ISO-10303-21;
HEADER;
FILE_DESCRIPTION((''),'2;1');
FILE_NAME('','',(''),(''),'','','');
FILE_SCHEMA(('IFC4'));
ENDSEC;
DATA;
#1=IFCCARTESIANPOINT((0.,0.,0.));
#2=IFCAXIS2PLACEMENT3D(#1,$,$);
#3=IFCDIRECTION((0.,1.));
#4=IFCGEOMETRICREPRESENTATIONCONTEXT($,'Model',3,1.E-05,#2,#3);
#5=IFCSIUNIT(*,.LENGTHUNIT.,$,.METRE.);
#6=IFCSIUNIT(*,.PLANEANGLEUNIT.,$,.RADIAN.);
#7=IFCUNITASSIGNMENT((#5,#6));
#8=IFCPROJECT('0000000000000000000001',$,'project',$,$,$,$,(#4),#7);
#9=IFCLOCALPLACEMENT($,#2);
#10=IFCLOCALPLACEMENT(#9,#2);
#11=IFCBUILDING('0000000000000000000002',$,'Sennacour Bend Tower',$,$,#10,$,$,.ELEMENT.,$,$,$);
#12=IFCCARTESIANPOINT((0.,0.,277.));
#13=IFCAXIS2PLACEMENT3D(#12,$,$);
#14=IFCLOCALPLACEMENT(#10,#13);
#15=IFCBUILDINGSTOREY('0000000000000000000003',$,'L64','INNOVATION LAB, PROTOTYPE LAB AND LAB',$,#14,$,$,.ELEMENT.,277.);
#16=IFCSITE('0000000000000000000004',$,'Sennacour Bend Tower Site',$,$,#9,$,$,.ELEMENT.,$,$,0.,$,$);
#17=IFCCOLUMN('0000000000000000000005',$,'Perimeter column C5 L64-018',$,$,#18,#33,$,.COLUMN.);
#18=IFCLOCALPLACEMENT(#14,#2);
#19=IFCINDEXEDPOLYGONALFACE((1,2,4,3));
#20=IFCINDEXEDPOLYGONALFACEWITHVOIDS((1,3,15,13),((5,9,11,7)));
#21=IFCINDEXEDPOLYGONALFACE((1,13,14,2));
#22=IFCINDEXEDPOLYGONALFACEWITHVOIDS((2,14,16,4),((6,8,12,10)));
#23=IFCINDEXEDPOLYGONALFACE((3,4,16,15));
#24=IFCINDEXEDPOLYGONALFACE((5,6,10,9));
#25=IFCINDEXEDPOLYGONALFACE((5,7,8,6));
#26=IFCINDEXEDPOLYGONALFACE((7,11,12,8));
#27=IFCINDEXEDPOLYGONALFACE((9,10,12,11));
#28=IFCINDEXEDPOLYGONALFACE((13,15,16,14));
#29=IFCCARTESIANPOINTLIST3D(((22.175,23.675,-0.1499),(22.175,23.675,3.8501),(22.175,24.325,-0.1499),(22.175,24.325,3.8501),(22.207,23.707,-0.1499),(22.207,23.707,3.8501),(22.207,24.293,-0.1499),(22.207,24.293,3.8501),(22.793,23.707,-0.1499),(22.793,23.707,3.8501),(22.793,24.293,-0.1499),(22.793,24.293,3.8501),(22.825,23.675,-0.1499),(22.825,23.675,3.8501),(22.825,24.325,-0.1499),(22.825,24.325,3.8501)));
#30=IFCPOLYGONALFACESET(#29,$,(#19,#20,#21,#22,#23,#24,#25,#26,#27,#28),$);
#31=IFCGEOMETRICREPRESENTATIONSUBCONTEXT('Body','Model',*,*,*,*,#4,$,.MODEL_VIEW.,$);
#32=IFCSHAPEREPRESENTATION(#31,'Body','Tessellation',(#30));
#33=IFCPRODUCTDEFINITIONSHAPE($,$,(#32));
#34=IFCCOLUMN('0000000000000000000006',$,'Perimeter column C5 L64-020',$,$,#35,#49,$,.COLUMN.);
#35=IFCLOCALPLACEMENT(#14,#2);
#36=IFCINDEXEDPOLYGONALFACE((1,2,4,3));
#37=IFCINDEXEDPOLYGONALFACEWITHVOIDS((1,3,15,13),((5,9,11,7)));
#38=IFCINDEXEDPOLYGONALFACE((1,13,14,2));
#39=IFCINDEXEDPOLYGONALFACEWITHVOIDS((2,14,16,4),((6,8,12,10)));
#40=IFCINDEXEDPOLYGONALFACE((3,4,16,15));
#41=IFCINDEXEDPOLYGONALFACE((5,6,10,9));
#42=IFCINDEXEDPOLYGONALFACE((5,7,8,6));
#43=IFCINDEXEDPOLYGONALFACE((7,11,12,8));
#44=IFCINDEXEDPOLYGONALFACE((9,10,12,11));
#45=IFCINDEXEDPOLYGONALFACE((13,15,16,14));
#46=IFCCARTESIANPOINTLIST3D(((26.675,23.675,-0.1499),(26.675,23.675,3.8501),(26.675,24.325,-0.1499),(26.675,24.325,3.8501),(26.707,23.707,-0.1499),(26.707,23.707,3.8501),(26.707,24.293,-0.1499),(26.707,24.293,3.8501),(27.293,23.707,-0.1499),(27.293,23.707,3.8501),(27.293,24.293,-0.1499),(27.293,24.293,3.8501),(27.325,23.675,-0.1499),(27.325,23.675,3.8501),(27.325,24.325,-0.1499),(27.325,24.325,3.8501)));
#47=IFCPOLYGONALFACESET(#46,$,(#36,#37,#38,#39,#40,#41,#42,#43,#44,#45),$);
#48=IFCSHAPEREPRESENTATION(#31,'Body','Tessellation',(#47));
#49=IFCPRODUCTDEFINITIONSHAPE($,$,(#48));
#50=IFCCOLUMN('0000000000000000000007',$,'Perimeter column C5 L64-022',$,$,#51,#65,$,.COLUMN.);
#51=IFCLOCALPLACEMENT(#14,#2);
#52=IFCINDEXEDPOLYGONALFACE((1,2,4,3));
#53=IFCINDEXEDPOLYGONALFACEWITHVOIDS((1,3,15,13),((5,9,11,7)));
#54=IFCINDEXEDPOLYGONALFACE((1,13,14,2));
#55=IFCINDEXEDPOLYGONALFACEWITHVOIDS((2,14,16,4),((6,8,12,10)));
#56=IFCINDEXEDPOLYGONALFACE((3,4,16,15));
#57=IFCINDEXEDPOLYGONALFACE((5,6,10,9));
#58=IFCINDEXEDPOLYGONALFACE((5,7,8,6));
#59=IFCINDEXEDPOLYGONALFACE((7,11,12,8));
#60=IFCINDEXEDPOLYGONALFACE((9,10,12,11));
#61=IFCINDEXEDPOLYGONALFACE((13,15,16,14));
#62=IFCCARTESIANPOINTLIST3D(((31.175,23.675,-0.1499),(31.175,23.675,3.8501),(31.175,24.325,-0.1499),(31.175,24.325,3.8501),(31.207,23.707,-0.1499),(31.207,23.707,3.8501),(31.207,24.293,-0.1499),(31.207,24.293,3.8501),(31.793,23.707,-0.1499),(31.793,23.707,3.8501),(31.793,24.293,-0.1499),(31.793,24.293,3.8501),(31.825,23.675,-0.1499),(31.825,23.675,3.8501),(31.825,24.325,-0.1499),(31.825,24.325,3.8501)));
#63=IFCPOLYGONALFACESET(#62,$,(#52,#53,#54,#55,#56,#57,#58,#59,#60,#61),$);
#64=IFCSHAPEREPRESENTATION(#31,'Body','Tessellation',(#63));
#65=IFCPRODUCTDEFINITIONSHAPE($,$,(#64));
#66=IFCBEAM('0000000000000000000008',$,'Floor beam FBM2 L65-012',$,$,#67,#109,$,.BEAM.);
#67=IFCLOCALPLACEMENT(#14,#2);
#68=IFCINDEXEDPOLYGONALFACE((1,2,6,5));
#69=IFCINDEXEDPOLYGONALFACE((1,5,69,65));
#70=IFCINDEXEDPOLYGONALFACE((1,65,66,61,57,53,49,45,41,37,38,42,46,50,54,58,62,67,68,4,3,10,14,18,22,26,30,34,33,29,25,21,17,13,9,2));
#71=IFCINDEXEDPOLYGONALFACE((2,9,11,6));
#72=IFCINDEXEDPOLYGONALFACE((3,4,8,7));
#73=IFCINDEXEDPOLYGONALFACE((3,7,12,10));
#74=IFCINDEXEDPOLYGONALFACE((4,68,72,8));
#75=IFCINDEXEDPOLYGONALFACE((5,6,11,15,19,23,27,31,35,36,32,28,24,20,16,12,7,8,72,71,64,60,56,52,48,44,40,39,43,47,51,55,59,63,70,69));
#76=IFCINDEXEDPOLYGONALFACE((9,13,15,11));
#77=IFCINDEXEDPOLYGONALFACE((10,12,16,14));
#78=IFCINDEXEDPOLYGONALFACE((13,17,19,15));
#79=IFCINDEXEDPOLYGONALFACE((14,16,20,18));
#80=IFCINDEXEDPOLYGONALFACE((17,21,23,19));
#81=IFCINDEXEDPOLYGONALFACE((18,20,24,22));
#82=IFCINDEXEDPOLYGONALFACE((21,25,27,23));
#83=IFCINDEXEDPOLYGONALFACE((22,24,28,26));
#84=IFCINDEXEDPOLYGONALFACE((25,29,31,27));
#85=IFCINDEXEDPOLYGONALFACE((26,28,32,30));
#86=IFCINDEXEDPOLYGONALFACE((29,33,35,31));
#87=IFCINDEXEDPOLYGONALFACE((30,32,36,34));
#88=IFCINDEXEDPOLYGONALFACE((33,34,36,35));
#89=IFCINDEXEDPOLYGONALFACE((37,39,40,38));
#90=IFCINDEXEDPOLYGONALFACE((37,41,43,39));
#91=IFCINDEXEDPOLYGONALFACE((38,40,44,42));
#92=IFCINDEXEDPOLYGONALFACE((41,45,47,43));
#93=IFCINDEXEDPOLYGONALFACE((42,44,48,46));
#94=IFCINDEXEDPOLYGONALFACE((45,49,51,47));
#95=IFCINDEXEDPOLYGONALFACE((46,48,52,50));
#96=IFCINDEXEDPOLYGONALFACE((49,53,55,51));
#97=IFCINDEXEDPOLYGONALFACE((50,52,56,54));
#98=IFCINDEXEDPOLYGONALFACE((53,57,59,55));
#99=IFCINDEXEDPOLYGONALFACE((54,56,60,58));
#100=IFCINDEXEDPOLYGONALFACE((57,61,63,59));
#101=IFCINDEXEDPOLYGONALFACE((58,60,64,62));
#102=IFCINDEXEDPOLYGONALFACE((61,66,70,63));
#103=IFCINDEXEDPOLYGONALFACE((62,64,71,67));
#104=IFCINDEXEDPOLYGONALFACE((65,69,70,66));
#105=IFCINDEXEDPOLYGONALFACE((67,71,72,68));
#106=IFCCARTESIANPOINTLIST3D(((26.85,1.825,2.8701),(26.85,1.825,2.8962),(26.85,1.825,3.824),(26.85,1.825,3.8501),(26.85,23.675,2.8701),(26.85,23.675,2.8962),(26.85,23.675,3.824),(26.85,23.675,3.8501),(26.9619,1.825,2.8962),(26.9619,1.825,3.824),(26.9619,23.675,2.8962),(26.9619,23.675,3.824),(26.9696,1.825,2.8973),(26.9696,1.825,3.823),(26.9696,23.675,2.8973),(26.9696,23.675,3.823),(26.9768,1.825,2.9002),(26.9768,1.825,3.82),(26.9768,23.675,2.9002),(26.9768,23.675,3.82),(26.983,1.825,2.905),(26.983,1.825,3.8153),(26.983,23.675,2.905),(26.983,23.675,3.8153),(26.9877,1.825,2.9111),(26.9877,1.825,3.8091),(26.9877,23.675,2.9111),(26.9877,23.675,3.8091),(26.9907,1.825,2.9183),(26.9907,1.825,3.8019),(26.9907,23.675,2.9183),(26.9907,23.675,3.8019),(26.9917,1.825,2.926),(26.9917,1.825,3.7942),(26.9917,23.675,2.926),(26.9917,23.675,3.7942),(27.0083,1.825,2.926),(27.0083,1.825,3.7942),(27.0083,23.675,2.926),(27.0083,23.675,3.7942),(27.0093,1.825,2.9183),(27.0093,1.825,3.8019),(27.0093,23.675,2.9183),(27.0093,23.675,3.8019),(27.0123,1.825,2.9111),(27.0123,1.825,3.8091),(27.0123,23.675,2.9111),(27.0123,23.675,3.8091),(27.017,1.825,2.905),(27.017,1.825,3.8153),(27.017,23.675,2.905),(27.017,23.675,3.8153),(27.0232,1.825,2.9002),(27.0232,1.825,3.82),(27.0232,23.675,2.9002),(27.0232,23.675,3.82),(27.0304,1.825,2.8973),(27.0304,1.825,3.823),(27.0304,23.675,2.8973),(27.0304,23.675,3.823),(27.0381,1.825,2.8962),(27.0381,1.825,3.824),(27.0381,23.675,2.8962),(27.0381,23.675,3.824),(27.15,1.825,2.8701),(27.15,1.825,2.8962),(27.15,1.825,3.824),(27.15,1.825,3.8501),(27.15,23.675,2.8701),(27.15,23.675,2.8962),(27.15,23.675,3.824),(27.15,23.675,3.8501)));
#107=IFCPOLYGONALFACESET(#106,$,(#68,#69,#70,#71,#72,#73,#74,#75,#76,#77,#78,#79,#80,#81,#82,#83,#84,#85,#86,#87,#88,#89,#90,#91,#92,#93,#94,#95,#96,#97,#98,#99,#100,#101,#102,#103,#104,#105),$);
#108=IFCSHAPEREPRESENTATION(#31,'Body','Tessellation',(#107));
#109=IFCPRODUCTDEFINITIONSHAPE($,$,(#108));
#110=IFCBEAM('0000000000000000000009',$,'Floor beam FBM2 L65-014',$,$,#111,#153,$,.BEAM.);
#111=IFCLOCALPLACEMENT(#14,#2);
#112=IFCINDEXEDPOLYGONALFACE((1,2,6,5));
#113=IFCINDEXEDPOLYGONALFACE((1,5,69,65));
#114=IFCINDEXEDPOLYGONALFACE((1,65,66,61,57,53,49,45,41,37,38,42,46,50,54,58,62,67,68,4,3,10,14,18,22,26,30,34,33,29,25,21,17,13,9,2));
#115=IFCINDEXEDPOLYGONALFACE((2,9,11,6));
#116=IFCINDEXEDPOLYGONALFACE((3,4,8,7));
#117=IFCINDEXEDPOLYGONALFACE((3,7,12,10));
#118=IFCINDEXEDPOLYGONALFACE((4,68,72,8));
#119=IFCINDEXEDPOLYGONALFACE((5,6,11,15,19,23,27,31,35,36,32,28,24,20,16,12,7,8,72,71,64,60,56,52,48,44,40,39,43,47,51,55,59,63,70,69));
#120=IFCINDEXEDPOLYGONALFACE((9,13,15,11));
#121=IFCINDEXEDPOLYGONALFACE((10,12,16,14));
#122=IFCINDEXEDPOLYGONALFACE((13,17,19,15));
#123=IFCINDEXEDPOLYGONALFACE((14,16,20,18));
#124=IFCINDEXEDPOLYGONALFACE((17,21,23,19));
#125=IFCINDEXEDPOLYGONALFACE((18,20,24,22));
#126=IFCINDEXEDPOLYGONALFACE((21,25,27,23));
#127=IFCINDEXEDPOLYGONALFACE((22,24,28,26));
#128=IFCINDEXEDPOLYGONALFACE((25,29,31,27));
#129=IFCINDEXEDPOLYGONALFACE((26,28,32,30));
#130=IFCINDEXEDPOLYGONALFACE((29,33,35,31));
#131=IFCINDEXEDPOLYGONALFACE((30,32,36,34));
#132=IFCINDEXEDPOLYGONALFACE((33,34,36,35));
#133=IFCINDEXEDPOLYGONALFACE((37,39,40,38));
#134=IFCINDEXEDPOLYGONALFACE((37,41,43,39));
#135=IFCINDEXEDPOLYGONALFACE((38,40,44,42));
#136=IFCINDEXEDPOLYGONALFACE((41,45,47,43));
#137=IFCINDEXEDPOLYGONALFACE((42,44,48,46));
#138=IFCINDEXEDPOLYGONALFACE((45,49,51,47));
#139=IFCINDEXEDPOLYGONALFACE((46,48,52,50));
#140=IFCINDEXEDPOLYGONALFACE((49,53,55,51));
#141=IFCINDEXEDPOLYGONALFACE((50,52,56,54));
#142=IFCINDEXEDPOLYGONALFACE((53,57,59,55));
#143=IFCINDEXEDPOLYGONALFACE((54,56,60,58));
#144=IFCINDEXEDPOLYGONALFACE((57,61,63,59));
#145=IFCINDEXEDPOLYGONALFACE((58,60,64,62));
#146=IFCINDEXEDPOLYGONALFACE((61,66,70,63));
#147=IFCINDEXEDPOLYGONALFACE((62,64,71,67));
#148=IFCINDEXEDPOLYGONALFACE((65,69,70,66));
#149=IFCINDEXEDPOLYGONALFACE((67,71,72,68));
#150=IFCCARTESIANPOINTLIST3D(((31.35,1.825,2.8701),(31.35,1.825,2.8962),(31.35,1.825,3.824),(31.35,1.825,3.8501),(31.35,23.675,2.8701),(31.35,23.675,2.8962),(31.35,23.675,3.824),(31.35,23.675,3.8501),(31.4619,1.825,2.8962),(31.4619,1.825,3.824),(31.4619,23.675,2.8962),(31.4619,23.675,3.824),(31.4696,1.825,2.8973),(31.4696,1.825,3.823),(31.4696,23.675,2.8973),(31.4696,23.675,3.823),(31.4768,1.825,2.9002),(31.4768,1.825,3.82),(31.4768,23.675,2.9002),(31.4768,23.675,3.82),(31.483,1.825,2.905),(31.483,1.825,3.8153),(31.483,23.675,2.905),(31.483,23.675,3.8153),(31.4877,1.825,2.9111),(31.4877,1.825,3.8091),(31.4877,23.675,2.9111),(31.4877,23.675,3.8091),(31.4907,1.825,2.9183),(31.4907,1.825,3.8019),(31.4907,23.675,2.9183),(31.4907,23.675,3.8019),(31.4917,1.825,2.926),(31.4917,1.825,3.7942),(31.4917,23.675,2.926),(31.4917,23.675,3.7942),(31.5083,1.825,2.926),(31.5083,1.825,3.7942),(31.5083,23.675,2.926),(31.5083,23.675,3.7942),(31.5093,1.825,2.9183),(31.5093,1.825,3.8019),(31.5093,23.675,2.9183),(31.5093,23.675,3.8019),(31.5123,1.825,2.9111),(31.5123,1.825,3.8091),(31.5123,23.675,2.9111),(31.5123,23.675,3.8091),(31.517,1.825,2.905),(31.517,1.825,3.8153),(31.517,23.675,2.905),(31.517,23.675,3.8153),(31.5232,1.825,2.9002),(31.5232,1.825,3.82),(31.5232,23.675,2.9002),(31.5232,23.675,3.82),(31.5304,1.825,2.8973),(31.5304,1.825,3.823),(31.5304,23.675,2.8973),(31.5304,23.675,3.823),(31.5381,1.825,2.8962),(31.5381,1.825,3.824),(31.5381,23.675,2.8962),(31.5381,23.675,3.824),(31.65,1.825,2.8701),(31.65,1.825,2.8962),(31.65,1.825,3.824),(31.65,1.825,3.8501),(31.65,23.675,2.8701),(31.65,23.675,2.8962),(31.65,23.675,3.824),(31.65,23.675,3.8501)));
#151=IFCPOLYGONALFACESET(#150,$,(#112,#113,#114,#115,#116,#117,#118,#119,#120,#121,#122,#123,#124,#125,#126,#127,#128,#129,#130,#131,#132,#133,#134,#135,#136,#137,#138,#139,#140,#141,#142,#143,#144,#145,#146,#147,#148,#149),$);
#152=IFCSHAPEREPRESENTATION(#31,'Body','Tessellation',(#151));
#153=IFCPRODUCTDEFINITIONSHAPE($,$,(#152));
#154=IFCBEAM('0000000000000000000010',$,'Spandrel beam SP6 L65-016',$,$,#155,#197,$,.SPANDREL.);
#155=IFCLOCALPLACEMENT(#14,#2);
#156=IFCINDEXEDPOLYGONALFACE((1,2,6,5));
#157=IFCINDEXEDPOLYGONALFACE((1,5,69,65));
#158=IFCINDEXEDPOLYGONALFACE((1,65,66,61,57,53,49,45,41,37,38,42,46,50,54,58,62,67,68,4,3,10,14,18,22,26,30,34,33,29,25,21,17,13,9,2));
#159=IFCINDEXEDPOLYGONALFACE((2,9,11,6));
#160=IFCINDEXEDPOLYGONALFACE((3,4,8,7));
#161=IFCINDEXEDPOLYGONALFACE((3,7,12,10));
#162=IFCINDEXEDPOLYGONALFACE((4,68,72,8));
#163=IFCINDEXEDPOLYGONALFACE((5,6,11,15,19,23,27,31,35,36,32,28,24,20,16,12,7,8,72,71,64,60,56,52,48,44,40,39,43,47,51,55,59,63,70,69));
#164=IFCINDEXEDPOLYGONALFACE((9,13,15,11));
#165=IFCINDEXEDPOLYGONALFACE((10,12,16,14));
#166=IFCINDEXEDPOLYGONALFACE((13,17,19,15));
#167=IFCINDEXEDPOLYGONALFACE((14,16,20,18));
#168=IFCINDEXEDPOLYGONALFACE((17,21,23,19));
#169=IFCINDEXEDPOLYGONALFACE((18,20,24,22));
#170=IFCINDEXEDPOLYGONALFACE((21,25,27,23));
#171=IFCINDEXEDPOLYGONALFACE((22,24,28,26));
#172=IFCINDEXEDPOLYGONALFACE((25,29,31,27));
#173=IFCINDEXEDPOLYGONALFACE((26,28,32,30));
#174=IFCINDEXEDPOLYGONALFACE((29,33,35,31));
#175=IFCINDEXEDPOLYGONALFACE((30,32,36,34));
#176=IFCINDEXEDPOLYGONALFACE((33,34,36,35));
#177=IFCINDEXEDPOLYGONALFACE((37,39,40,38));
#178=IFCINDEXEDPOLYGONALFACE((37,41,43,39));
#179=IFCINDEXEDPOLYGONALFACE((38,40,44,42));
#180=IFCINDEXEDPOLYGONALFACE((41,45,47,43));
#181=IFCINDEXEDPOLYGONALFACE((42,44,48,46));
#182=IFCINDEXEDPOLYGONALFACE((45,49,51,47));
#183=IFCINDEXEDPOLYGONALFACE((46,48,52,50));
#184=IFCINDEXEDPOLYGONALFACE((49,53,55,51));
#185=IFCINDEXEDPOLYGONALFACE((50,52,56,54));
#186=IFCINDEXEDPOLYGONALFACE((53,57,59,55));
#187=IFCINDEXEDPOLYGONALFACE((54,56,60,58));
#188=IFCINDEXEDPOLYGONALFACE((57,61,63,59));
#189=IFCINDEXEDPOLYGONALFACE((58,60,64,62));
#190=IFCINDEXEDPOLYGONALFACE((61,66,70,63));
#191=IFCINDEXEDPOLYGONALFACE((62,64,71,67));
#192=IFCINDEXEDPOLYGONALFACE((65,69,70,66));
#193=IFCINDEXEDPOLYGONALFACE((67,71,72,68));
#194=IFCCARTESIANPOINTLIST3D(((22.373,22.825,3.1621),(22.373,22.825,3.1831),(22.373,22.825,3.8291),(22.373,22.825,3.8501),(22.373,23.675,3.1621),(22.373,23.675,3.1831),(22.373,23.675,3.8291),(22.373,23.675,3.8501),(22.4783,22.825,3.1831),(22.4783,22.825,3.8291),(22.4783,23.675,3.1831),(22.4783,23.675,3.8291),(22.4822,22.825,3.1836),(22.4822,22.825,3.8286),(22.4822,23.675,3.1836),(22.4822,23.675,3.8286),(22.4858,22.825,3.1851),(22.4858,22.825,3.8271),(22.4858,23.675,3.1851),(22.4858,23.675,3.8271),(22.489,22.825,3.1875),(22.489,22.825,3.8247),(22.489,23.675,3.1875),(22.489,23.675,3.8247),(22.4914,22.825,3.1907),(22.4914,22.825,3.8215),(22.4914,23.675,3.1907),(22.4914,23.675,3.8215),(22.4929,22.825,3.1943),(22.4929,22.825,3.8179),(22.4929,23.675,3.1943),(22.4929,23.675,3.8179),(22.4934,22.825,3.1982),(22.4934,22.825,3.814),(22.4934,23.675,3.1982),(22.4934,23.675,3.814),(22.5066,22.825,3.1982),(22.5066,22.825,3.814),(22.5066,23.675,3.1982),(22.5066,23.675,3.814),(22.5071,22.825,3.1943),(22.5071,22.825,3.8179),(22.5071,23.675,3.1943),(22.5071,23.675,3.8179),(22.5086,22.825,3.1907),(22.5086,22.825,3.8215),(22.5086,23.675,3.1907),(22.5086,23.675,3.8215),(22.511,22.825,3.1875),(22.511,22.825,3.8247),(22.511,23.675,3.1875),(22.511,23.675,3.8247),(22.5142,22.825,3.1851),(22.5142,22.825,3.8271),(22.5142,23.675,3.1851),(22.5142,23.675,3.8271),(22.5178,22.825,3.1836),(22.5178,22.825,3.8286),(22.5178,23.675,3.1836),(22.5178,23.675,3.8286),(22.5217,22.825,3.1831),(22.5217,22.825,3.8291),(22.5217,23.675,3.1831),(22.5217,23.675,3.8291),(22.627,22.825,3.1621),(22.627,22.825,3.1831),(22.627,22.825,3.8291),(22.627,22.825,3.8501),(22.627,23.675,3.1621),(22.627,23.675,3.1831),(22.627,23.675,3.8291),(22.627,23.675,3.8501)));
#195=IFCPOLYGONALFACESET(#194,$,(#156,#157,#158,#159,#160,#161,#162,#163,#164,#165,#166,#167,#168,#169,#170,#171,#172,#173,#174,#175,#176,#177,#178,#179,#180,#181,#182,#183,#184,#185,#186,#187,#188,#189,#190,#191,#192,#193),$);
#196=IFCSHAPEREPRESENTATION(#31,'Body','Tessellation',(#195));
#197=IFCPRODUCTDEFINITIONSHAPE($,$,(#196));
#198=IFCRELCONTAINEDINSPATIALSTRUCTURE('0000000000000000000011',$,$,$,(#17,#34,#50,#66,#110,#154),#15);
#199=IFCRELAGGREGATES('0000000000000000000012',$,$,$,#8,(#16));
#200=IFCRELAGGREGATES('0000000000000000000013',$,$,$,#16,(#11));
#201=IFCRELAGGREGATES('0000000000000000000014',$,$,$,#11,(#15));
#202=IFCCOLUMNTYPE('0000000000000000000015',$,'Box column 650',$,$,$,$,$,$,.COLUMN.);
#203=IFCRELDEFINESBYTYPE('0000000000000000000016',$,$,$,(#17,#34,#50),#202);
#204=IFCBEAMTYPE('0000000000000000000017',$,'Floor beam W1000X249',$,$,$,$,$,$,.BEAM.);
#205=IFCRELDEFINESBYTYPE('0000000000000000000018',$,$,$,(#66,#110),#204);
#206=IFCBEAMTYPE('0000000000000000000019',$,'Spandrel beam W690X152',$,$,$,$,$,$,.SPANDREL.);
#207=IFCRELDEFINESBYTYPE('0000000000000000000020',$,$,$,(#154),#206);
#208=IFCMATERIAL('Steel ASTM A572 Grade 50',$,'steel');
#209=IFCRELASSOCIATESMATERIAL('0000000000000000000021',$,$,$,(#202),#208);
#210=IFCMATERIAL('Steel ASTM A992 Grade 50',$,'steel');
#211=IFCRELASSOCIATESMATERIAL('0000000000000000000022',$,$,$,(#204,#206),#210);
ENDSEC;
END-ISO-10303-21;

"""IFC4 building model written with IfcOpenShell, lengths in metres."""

from ifc_helpers import new_model, si_unit, direction, frame, origin, origin_2d, place, context, subcontext, project, spatial, hollow_rectangle, i_section, extrude, material, material_profile, profile_set, type_object, element, save


model = new_model("IFC4")

# Units and contexts
model_context = context("Model", 3, precision=1e-05, world=origin(), true_north=direction((0.0, 1.0)))
body_context = subcontext(model_context, "Body", "Model", "MODEL_VIEW")
ifc_project = project(units=[si_unit("LENGTHUNIT", "METRE"), si_unit("PLANEANGLEUNIT", "RADIAN")], contexts=[model_context])

# Site, building, storey
site_placement = place(None, origin())
site = spatial("IfcSite", under=ifc_project, at=site_placement, Name="Sennacour Bend Tower Site", CompositionType="ELEMENT", RefElevation=0.0)
building_placement = place(site_placement, origin())
building = spatial("IfcBuilding", under=site, at=building_placement, Name="Sennacour Bend Tower", CompositionType="ELEMENT")
storey_placement = place(building_placement, frame((0.0, 0.0, 277.0)))
storey = spatial("IfcBuildingStorey", under=building, at=storey_placement, Name="L64", Description="INNOVATION LAB, PROTOTYPE LAB AND LAB", CompositionType="ELEMENT", Elevation=277.0)

# Columns
ifc_material_1 = material(Name="Steel ASTM A572 Grade 50", Category="steel")
ifc_material_profile_1 = material_profile(ifc_material_1, hollow_rectangle(XDim=0.6499, YDim=0.6499, WallThickness=0.032, at=origin_2d()), Name="Steel ASTM A572 Grade 50", Category="steel")
ifc_profile_set_1 = profile_set([ifc_material_profile_1], Name="Steel ASTM A572 Grade 50")
column_type = type_object("IfcColumnType", Name="Box column 650", PredefinedType="COLUMN", material=ifc_profile_set_1)
for number, where, z_axis, x_axis, name in (
    (1, (22.5, 24.0, -0.1499), (0.0, 0.0, 1.0), (1.0, 0.0, 0.0), "Perimeter column C5 L64-018"),
    (2, (27.0, 24.0, -0.1499), (0.0, 0.0, 1.0), (1.0, 0.0, 0.0), "Perimeter column C5 L64-020"),
    (3, (31.5, 24.0, -0.1499), (0.0, 0.0, 1.0), (1.0, 0.0, 0.0), "Perimeter column C5 L64-022"),
):
    element("IfcColumn", number, at=place(storey_placement, frame(where, z_axis=z_axis, x_axis=x_axis)), inside=storey, type_object=column_type, Name=name, PredefinedType="COLUMN", context=body_context, shape_type="SweptSolid", body=[
        extrude(hollow_rectangle(XDim=0.6499, YDim=0.6499, WallThickness=0.032, at=origin_2d()), origin(), (0.0, 0.0, 1.0), 4.0),
    ])

# Beams
ifc_material_2 = material(Name="Steel ASTM A992 Grade 50", Category="steel")
ifc_material_profile_2 = material_profile(ifc_material_2, i_section(OverallWidth=0.3, OverallDepth=0.98, WebThickness=0.0166, FlangeThickness=0.0261, FilletRadius=0.0298, at=origin_2d()), Name="Steel ASTM A992 Grade 50", Category="steel")
ifc_profile_set_2 = profile_set([ifc_material_profile_2], Name="Steel ASTM A992 Grade 50")
beam_type_1 = type_object("IfcBeamType", Name="Floor beam W1000X249", PredefinedType="BEAM", material=ifc_profile_set_2)
for number, where, z_axis, x_axis, name in (
    (4, (27.0, 1.825, 3.3601), (0.0, 1.0, 0.0), (-1.0, 0.0, 0.0), "Floor beam FBM2 L65-012"),
    (5, (31.5, 1.825, 3.3601), (0.0, 1.0, 0.0), (-1.0, 0.0, 0.0), "Floor beam FBM2 L65-014"),
):
    element("IfcBeam", number, at=place(storey_placement, frame(where, z_axis=z_axis, x_axis=x_axis)), inside=storey, type_object=beam_type_1, Name=name, PredefinedType="BEAM", context=body_context, shape_type="SweptSolid", body=[
        extrude(i_section(OverallWidth=0.3, OverallDepth=0.98, WebThickness=0.0166, FlangeThickness=0.0261, FilletRadius=0.0298, at=origin_2d()), origin(), (0.0, 0.0, 1.0), 21.8501),
    ])
ifc_material_profile_3 = material_profile(ifc_material_2, i_section(OverallWidth=0.2539, OverallDepth=0.688, WebThickness=0.0132, FlangeThickness=0.021, FilletRadius=0.0151, at=origin_2d()), Name="Steel ASTM A992 Grade 50", Category="steel")
ifc_profile_set_3 = profile_set([ifc_material_profile_3], Name="Steel ASTM A992 Grade 50")
beam_type_2 = type_object("IfcBeamType", Name="Spandrel beam W690X152", PredefinedType="SPANDREL", material=ifc_profile_set_3)
beam_placement = place(storey_placement, frame((22.5, 22.825, 3.5061), z_axis=(0.0, 1.0, 0.0), x_axis=(-1.0, 0.0, 0.0)))
element("IfcBeam", 6, at=beam_placement, inside=storey, type_object=beam_type_2, Name="Spandrel beam SP6 L65-016", PredefinedType="SPANDREL", context=body_context, shape_type="SweptSolid", body=[
    extrude(i_section(OverallWidth=0.2539, OverallDepth=0.688, WebThickness=0.0132, FlangeThickness=0.021, FilletRadius=0.0151, at=origin_2d()), origin(), (0.0, 0.0, 1.0), 0.8501),
])

save(model, "model.ifc")
